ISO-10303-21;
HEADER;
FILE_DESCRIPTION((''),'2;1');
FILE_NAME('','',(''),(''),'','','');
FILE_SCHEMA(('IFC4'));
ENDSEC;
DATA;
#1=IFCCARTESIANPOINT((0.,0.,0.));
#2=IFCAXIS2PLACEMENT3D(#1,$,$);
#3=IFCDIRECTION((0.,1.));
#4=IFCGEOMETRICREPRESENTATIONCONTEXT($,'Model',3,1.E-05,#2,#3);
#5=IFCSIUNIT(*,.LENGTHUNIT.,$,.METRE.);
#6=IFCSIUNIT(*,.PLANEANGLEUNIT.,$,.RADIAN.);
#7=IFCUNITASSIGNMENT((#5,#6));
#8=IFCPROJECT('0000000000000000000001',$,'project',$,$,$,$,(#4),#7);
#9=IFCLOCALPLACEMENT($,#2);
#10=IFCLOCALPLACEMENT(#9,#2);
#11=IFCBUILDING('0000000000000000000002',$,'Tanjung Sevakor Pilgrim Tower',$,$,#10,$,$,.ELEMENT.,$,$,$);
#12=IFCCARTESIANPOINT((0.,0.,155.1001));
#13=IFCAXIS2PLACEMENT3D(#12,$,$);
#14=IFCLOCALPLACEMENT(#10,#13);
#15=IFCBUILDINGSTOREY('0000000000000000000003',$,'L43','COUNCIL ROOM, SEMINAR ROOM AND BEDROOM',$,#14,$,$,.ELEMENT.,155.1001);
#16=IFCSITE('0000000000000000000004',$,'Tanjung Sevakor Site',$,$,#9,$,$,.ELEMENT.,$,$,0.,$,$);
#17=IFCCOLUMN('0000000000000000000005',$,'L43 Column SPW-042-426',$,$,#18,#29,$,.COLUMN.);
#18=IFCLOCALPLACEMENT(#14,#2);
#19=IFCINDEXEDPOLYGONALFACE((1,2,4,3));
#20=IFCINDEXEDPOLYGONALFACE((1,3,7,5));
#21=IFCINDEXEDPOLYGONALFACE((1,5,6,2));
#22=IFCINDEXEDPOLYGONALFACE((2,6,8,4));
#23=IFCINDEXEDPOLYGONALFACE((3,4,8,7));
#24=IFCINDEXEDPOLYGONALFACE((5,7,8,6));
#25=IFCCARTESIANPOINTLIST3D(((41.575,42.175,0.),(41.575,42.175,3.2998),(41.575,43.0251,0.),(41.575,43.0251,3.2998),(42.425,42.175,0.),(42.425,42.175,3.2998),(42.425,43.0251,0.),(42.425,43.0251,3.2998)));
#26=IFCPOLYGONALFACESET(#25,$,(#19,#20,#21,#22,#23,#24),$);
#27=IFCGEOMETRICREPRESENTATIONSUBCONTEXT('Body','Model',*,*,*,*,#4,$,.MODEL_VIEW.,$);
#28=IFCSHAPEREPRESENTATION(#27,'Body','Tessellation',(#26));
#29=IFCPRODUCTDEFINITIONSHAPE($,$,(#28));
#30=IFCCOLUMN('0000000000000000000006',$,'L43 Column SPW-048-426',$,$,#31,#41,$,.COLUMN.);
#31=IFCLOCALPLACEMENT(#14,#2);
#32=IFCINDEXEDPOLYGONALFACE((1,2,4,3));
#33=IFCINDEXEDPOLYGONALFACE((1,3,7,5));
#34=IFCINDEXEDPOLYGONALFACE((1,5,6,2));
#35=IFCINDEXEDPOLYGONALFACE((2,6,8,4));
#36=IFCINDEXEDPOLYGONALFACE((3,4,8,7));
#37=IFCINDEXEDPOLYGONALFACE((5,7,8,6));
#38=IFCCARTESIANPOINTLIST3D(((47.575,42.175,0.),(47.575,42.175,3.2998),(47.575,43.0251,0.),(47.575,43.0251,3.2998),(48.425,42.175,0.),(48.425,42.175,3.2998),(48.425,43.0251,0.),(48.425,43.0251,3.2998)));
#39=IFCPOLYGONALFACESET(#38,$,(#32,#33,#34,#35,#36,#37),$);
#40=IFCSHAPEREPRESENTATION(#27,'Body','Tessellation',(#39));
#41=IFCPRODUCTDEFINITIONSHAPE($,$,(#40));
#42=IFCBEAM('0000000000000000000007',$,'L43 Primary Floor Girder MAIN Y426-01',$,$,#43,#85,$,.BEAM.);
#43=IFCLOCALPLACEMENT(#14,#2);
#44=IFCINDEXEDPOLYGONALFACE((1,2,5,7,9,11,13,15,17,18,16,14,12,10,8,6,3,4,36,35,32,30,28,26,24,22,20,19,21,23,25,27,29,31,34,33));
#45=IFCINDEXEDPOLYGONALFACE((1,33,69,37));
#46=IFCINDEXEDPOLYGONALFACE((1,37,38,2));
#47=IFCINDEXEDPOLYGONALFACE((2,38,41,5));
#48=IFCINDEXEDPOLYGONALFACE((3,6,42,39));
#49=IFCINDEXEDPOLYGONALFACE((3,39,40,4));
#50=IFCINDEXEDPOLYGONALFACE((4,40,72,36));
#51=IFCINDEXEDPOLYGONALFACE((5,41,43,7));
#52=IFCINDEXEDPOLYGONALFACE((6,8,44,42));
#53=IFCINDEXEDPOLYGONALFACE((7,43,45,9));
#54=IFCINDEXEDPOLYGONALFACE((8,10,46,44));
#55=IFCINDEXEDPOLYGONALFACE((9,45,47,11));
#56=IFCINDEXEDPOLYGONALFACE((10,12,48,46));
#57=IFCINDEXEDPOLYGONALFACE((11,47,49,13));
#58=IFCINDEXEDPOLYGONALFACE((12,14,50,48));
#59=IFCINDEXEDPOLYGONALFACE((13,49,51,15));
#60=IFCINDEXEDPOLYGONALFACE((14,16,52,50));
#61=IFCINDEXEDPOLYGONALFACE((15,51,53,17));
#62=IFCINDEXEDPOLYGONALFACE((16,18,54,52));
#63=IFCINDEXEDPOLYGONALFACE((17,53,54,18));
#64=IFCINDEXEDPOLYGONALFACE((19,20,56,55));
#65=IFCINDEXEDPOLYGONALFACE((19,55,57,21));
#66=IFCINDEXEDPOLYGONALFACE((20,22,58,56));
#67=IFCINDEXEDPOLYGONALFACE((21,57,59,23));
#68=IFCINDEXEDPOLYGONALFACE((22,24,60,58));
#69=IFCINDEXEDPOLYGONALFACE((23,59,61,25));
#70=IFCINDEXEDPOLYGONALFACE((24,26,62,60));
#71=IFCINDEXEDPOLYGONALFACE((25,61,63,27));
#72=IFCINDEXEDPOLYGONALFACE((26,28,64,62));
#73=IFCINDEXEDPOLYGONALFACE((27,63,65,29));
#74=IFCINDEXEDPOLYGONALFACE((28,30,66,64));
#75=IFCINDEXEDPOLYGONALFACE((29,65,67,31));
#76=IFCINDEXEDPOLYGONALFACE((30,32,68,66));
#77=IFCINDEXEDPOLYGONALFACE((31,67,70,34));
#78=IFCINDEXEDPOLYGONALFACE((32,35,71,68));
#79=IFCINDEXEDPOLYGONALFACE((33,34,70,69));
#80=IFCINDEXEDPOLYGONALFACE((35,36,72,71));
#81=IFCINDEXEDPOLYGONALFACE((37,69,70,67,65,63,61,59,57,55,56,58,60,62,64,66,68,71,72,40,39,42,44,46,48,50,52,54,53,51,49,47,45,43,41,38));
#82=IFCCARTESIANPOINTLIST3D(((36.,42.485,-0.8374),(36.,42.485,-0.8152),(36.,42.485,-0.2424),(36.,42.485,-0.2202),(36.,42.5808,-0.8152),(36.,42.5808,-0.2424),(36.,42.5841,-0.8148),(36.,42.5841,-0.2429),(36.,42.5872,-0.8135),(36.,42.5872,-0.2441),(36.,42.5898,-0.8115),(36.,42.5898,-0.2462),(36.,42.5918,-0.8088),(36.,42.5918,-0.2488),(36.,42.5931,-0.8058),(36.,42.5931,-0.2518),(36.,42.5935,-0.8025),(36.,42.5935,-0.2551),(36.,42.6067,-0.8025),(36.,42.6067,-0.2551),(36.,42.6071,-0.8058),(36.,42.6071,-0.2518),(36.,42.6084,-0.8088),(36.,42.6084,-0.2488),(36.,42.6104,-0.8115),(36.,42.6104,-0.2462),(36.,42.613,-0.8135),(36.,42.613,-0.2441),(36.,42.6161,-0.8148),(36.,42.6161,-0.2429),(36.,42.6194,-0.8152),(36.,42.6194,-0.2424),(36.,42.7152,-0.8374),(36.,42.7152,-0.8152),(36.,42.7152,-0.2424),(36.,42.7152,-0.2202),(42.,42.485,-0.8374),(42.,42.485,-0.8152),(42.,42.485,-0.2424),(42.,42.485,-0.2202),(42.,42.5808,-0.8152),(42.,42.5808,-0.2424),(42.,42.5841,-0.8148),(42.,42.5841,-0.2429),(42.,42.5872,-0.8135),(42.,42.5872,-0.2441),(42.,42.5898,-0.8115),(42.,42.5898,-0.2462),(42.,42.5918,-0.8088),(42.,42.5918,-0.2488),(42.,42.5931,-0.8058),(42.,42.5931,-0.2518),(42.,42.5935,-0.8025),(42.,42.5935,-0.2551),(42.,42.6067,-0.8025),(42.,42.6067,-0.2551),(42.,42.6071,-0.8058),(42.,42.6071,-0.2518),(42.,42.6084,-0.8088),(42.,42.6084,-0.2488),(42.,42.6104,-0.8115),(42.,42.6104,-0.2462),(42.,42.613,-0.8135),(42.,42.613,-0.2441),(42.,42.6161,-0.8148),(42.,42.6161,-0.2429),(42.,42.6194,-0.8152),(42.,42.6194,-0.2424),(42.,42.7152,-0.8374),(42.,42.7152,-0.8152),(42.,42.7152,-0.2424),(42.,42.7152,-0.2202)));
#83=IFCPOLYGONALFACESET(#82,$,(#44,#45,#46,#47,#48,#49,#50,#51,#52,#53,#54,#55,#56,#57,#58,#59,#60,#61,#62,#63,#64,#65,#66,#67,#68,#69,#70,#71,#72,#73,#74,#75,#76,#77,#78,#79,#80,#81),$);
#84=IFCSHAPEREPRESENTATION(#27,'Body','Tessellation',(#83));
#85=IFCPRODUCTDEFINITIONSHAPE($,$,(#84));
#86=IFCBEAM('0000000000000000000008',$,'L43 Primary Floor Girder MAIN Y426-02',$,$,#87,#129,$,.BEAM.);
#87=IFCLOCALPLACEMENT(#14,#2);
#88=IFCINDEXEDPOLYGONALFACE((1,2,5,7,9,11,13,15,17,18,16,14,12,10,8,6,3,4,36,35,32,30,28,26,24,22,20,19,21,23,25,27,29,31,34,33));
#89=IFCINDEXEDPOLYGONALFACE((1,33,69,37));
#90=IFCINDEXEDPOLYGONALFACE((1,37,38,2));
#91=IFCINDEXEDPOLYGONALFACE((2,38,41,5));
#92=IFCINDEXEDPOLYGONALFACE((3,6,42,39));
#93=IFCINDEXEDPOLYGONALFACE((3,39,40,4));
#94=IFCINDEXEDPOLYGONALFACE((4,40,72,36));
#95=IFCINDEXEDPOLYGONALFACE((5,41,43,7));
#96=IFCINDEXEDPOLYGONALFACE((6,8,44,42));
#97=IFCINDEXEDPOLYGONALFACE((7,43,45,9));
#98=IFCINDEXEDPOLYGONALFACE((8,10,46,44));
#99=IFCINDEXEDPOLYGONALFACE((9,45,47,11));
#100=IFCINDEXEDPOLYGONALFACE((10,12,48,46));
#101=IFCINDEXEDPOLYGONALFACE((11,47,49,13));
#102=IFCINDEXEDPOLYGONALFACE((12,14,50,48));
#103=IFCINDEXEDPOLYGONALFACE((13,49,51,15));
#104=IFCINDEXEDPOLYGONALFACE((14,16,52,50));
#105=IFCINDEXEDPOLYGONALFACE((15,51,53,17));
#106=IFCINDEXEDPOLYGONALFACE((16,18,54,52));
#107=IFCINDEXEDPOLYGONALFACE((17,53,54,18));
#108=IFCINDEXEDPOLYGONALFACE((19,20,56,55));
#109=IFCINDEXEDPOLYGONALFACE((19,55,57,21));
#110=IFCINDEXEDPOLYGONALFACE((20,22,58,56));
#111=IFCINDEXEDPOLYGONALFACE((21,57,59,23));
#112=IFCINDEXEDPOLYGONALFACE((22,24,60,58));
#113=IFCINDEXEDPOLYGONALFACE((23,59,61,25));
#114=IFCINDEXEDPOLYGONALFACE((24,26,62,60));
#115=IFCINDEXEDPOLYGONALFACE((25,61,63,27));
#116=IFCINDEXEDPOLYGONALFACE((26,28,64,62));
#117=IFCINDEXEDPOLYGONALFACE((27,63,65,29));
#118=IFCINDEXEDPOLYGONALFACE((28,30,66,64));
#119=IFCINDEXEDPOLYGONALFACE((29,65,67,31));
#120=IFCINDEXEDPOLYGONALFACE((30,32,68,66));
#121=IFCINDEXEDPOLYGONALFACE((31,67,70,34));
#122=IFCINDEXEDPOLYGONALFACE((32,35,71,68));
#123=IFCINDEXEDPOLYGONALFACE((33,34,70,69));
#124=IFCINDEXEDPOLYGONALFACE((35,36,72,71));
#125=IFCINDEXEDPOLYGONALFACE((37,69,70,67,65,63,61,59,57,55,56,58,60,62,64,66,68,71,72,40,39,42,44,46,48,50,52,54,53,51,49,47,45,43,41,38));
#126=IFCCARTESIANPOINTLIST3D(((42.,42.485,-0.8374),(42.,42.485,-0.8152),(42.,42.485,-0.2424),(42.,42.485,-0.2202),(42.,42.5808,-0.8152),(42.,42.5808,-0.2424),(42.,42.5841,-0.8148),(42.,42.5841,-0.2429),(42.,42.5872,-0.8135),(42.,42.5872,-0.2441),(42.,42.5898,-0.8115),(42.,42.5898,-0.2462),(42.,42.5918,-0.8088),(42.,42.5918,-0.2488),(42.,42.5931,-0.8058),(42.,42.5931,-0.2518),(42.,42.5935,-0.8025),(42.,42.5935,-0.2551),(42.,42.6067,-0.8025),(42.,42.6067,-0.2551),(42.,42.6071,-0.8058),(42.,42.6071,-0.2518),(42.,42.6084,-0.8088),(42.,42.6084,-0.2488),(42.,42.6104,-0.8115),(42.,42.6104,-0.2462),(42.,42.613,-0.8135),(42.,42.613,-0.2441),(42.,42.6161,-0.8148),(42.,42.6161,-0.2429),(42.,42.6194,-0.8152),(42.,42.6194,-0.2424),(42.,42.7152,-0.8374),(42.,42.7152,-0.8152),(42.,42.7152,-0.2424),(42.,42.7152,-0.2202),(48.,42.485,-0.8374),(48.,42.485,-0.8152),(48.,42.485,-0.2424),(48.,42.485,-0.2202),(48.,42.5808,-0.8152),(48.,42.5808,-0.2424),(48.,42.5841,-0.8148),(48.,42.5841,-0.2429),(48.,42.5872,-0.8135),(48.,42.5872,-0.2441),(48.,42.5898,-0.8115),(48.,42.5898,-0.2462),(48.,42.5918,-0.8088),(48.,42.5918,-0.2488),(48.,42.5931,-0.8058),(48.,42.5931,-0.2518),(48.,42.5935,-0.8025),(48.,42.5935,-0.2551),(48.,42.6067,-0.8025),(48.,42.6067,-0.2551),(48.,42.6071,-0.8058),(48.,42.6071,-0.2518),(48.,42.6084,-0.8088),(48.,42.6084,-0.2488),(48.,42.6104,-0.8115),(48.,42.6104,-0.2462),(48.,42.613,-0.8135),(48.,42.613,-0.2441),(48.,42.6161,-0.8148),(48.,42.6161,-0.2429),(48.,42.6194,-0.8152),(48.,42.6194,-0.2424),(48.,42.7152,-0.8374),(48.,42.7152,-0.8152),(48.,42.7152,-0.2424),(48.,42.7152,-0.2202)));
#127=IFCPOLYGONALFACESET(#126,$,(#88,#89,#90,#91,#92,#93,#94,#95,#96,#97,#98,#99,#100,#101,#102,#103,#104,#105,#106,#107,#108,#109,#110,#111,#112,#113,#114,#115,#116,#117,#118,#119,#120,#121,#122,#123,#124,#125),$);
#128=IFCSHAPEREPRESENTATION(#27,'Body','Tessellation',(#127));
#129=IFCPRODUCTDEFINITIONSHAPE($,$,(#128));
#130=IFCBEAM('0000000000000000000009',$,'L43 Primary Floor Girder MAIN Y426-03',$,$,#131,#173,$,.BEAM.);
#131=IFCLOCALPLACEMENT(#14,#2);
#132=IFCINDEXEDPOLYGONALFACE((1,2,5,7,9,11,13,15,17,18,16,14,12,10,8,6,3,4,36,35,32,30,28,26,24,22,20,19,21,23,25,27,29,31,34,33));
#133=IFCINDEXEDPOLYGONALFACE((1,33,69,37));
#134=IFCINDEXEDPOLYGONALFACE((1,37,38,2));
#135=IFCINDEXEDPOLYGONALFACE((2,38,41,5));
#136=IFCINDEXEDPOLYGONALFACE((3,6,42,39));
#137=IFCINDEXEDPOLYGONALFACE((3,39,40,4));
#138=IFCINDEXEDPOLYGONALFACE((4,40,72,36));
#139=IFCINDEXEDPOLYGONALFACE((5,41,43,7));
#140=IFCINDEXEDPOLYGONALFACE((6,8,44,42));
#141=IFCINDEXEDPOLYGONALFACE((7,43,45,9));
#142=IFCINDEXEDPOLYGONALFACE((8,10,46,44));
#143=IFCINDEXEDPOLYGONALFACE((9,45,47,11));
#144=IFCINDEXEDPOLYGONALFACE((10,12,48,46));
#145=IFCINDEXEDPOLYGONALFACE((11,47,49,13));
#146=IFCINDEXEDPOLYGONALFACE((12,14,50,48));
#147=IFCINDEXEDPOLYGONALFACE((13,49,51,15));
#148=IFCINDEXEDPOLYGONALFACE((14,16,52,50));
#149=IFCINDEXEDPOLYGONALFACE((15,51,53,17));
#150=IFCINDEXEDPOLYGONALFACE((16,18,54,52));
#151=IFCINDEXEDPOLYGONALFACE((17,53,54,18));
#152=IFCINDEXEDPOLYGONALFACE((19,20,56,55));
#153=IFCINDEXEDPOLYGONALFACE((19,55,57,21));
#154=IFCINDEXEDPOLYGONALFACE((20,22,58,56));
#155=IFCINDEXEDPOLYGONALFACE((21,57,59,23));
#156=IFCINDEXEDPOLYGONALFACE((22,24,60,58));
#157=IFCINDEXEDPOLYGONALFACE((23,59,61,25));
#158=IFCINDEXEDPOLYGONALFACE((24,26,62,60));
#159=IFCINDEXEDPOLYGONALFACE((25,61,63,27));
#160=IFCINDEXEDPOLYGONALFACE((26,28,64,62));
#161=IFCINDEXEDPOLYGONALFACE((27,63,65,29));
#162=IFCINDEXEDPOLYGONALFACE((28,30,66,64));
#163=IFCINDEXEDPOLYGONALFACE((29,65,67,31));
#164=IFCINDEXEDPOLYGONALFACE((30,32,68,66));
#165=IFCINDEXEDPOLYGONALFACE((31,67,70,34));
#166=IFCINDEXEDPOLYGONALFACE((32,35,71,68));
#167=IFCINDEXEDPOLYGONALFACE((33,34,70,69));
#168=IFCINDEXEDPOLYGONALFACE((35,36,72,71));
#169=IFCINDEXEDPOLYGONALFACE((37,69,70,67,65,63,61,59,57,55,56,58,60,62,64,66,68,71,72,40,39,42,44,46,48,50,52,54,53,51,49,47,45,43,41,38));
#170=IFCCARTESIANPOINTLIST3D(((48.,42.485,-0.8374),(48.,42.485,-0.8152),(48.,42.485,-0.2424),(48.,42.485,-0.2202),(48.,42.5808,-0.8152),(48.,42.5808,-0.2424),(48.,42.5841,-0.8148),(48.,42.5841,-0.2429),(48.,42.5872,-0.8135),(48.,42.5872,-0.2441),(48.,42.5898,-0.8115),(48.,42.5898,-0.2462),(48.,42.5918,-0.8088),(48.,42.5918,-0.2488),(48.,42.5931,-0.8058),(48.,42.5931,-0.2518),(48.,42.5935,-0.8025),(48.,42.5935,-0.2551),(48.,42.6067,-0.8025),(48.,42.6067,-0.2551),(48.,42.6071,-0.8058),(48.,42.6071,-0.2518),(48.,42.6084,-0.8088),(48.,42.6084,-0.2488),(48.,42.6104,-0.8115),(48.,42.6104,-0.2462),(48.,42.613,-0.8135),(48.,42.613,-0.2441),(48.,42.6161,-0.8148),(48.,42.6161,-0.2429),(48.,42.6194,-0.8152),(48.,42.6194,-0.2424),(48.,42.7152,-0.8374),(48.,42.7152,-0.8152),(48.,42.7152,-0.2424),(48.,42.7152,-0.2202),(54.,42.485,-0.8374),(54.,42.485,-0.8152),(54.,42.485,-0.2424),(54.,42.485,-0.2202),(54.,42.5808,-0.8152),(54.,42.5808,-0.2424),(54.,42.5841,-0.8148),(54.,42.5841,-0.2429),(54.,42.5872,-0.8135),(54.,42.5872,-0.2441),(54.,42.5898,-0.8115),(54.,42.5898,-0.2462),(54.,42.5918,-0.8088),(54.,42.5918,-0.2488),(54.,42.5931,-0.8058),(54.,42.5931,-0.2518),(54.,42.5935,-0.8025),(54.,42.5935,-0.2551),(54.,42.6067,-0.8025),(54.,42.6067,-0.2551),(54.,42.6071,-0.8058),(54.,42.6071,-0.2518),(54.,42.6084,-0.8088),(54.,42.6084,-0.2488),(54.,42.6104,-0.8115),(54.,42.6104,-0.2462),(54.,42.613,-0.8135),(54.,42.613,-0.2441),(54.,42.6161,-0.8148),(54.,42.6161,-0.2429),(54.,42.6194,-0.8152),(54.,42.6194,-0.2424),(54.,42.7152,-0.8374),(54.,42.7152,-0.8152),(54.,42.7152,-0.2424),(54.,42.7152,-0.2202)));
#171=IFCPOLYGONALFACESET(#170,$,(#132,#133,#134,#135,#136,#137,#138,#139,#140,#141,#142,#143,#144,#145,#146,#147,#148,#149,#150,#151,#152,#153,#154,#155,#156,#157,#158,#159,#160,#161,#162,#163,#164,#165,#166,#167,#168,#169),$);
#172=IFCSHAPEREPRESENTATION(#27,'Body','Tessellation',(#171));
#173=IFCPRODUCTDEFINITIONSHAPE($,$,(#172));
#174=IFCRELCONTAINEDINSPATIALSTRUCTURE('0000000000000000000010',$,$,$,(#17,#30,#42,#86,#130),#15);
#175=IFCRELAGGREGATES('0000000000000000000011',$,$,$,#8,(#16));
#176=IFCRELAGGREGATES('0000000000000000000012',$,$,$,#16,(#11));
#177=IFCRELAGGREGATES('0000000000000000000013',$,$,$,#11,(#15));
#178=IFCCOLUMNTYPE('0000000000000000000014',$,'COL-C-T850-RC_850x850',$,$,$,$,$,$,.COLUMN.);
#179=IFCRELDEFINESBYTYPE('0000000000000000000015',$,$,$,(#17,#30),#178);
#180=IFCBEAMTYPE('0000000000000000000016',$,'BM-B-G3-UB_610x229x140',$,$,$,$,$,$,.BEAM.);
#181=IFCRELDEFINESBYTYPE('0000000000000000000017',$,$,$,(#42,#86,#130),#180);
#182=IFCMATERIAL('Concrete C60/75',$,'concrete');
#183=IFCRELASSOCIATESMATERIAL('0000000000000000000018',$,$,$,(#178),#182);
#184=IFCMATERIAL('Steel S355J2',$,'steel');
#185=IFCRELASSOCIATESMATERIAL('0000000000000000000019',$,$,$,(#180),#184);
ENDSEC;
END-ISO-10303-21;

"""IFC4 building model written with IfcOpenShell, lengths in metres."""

from ifc_helpers import new_model, si_unit, direction, frame, origin, origin_2d, place, context, subcontext, project, spatial, rectangle, i_section, extrude, material, material_profile, profile_set, type_object, element, save


model = new_model("IFC4")

# Units and contexts
model_context = context("Model", 3, precision=1e-05, world=origin(), true_north=direction((0.0, 1.0)))
body_context = subcontext(model_context, "Body", "Model", "MODEL_VIEW")
ifc_project = project(units=[si_unit("LENGTHUNIT", "METRE"), si_unit("PLANEANGLEUNIT", "RADIAN")], contexts=[model_context])

# Site, building, storey
site_placement = place(None, origin())
site = spatial("IfcSite", under=ifc_project, at=site_placement, Name="Tanjung Sevakor Site", CompositionType="ELEMENT", RefElevation=0.0)
building_placement = place(site_placement, origin())
building = spatial("IfcBuilding", under=site, at=building_placement, Name="Tanjung Sevakor Pilgrim Tower", CompositionType="ELEMENT")
storey_placement = place(building_placement, frame((0.0, 0.0, 155.1001)))
storey = spatial("IfcBuildingStorey", under=building, at=storey_placement, Name="L43", Description="COUNCIL ROOM, SEMINAR ROOM AND BEDROOM", CompositionType="ELEMENT", Elevation=155.1001)

# Columns
ifc_material_1 = material(Name="Concrete C60/75", Category="concrete")
ifc_material_profile_1 = material_profile(ifc_material_1, rectangle(XDim=0.8501, YDim=0.8501, at=origin_2d()))
ifc_profile_set_1 = profile_set([ifc_material_profile_1], Name="Concrete C60/75")
column_type = type_object("IfcColumnType", Name="COL-C-T850-RC_850x850", PredefinedType="COLUMN", material=ifc_profile_set_1)
for number, where, z_axis, x_axis, name in (
    (1, (42.0, 42.6001, 0.0), (0.0, 0.0, 1.0), (1.0, 0.0, 0.0), "L43 Column SPW-042-426"),
    (2, (48.0, 42.6001, 0.0), (0.0, 0.0, 1.0), (1.0, 0.0, 0.0), "L43 Column SPW-048-426"),
):
    element("IfcColumn", number, at=place(storey_placement, frame(where, z_axis=z_axis, x_axis=x_axis)), inside=storey, type_object=column_type, Name=name, PredefinedType="COLUMN", context=body_context, shape_type="SweptSolid", body=[
        extrude(rectangle(XDim=0.8501, YDim=0.8501, at=origin_2d()), origin(), (0.0, 0.0, 1.0), 3.2998),
    ])

# Beams
ifc_material_2 = material(Name="Steel S355J2", Category="steel")
ifc_material_profile_2 = material_profile(ifc_material_2, i_section(OverallWidth=0.2302, OverallDepth=0.6172, WebThickness=0.0132, FlangeThickness=0.0222, FilletRadius=0.0127, at=origin_2d()))
ifc_profile_set_2 = profile_set([ifc_material_profile_2], Name="Steel S355J2")
beam_type_1 = type_object("IfcBeamType", Name="BM-B-G3-UB_610x229x140", PredefinedType="BEAM", material=ifc_profile_set_2)
for number, where, z_axis, x_axis, name in (
    (3, (36.0, 42.6001, -0.5288), (1.0, 0.0, 0.0), (0.0, 1.0, 0.0), "L43 Primary Floor Girder MAIN Y426-01"),
    (4, (42.0, 42.6001, -0.5288), (1.0, 0.0, 0.0), (0.0, 1.0, 0.0), "L43 Primary Floor Girder MAIN Y426-02"),
    (5, (48.0, 42.6001, -0.5288), (1.0, 0.0, 0.0), (0.0, 1.0, 0.0), "L43 Primary Floor Girder MAIN Y426-03"),
):
    element("IfcBeam", number, at=place(storey_placement, frame(where, z_axis=z_axis, x_axis=x_axis)), inside=storey, type_object=beam_type_1, Name=name, PredefinedType="BEAM", context=body_context, shape_type="SweptSolid", body=[
        extrude(i_section(OverallWidth=0.2302, OverallDepth=0.6172, WebThickness=0.0132, FlangeThickness=0.0222, FilletRadius=0.0127, at=origin_2d()), origin(), (0.0, 0.0, 1.0), 6.0),
    ])

save(model, "model.ifc")
